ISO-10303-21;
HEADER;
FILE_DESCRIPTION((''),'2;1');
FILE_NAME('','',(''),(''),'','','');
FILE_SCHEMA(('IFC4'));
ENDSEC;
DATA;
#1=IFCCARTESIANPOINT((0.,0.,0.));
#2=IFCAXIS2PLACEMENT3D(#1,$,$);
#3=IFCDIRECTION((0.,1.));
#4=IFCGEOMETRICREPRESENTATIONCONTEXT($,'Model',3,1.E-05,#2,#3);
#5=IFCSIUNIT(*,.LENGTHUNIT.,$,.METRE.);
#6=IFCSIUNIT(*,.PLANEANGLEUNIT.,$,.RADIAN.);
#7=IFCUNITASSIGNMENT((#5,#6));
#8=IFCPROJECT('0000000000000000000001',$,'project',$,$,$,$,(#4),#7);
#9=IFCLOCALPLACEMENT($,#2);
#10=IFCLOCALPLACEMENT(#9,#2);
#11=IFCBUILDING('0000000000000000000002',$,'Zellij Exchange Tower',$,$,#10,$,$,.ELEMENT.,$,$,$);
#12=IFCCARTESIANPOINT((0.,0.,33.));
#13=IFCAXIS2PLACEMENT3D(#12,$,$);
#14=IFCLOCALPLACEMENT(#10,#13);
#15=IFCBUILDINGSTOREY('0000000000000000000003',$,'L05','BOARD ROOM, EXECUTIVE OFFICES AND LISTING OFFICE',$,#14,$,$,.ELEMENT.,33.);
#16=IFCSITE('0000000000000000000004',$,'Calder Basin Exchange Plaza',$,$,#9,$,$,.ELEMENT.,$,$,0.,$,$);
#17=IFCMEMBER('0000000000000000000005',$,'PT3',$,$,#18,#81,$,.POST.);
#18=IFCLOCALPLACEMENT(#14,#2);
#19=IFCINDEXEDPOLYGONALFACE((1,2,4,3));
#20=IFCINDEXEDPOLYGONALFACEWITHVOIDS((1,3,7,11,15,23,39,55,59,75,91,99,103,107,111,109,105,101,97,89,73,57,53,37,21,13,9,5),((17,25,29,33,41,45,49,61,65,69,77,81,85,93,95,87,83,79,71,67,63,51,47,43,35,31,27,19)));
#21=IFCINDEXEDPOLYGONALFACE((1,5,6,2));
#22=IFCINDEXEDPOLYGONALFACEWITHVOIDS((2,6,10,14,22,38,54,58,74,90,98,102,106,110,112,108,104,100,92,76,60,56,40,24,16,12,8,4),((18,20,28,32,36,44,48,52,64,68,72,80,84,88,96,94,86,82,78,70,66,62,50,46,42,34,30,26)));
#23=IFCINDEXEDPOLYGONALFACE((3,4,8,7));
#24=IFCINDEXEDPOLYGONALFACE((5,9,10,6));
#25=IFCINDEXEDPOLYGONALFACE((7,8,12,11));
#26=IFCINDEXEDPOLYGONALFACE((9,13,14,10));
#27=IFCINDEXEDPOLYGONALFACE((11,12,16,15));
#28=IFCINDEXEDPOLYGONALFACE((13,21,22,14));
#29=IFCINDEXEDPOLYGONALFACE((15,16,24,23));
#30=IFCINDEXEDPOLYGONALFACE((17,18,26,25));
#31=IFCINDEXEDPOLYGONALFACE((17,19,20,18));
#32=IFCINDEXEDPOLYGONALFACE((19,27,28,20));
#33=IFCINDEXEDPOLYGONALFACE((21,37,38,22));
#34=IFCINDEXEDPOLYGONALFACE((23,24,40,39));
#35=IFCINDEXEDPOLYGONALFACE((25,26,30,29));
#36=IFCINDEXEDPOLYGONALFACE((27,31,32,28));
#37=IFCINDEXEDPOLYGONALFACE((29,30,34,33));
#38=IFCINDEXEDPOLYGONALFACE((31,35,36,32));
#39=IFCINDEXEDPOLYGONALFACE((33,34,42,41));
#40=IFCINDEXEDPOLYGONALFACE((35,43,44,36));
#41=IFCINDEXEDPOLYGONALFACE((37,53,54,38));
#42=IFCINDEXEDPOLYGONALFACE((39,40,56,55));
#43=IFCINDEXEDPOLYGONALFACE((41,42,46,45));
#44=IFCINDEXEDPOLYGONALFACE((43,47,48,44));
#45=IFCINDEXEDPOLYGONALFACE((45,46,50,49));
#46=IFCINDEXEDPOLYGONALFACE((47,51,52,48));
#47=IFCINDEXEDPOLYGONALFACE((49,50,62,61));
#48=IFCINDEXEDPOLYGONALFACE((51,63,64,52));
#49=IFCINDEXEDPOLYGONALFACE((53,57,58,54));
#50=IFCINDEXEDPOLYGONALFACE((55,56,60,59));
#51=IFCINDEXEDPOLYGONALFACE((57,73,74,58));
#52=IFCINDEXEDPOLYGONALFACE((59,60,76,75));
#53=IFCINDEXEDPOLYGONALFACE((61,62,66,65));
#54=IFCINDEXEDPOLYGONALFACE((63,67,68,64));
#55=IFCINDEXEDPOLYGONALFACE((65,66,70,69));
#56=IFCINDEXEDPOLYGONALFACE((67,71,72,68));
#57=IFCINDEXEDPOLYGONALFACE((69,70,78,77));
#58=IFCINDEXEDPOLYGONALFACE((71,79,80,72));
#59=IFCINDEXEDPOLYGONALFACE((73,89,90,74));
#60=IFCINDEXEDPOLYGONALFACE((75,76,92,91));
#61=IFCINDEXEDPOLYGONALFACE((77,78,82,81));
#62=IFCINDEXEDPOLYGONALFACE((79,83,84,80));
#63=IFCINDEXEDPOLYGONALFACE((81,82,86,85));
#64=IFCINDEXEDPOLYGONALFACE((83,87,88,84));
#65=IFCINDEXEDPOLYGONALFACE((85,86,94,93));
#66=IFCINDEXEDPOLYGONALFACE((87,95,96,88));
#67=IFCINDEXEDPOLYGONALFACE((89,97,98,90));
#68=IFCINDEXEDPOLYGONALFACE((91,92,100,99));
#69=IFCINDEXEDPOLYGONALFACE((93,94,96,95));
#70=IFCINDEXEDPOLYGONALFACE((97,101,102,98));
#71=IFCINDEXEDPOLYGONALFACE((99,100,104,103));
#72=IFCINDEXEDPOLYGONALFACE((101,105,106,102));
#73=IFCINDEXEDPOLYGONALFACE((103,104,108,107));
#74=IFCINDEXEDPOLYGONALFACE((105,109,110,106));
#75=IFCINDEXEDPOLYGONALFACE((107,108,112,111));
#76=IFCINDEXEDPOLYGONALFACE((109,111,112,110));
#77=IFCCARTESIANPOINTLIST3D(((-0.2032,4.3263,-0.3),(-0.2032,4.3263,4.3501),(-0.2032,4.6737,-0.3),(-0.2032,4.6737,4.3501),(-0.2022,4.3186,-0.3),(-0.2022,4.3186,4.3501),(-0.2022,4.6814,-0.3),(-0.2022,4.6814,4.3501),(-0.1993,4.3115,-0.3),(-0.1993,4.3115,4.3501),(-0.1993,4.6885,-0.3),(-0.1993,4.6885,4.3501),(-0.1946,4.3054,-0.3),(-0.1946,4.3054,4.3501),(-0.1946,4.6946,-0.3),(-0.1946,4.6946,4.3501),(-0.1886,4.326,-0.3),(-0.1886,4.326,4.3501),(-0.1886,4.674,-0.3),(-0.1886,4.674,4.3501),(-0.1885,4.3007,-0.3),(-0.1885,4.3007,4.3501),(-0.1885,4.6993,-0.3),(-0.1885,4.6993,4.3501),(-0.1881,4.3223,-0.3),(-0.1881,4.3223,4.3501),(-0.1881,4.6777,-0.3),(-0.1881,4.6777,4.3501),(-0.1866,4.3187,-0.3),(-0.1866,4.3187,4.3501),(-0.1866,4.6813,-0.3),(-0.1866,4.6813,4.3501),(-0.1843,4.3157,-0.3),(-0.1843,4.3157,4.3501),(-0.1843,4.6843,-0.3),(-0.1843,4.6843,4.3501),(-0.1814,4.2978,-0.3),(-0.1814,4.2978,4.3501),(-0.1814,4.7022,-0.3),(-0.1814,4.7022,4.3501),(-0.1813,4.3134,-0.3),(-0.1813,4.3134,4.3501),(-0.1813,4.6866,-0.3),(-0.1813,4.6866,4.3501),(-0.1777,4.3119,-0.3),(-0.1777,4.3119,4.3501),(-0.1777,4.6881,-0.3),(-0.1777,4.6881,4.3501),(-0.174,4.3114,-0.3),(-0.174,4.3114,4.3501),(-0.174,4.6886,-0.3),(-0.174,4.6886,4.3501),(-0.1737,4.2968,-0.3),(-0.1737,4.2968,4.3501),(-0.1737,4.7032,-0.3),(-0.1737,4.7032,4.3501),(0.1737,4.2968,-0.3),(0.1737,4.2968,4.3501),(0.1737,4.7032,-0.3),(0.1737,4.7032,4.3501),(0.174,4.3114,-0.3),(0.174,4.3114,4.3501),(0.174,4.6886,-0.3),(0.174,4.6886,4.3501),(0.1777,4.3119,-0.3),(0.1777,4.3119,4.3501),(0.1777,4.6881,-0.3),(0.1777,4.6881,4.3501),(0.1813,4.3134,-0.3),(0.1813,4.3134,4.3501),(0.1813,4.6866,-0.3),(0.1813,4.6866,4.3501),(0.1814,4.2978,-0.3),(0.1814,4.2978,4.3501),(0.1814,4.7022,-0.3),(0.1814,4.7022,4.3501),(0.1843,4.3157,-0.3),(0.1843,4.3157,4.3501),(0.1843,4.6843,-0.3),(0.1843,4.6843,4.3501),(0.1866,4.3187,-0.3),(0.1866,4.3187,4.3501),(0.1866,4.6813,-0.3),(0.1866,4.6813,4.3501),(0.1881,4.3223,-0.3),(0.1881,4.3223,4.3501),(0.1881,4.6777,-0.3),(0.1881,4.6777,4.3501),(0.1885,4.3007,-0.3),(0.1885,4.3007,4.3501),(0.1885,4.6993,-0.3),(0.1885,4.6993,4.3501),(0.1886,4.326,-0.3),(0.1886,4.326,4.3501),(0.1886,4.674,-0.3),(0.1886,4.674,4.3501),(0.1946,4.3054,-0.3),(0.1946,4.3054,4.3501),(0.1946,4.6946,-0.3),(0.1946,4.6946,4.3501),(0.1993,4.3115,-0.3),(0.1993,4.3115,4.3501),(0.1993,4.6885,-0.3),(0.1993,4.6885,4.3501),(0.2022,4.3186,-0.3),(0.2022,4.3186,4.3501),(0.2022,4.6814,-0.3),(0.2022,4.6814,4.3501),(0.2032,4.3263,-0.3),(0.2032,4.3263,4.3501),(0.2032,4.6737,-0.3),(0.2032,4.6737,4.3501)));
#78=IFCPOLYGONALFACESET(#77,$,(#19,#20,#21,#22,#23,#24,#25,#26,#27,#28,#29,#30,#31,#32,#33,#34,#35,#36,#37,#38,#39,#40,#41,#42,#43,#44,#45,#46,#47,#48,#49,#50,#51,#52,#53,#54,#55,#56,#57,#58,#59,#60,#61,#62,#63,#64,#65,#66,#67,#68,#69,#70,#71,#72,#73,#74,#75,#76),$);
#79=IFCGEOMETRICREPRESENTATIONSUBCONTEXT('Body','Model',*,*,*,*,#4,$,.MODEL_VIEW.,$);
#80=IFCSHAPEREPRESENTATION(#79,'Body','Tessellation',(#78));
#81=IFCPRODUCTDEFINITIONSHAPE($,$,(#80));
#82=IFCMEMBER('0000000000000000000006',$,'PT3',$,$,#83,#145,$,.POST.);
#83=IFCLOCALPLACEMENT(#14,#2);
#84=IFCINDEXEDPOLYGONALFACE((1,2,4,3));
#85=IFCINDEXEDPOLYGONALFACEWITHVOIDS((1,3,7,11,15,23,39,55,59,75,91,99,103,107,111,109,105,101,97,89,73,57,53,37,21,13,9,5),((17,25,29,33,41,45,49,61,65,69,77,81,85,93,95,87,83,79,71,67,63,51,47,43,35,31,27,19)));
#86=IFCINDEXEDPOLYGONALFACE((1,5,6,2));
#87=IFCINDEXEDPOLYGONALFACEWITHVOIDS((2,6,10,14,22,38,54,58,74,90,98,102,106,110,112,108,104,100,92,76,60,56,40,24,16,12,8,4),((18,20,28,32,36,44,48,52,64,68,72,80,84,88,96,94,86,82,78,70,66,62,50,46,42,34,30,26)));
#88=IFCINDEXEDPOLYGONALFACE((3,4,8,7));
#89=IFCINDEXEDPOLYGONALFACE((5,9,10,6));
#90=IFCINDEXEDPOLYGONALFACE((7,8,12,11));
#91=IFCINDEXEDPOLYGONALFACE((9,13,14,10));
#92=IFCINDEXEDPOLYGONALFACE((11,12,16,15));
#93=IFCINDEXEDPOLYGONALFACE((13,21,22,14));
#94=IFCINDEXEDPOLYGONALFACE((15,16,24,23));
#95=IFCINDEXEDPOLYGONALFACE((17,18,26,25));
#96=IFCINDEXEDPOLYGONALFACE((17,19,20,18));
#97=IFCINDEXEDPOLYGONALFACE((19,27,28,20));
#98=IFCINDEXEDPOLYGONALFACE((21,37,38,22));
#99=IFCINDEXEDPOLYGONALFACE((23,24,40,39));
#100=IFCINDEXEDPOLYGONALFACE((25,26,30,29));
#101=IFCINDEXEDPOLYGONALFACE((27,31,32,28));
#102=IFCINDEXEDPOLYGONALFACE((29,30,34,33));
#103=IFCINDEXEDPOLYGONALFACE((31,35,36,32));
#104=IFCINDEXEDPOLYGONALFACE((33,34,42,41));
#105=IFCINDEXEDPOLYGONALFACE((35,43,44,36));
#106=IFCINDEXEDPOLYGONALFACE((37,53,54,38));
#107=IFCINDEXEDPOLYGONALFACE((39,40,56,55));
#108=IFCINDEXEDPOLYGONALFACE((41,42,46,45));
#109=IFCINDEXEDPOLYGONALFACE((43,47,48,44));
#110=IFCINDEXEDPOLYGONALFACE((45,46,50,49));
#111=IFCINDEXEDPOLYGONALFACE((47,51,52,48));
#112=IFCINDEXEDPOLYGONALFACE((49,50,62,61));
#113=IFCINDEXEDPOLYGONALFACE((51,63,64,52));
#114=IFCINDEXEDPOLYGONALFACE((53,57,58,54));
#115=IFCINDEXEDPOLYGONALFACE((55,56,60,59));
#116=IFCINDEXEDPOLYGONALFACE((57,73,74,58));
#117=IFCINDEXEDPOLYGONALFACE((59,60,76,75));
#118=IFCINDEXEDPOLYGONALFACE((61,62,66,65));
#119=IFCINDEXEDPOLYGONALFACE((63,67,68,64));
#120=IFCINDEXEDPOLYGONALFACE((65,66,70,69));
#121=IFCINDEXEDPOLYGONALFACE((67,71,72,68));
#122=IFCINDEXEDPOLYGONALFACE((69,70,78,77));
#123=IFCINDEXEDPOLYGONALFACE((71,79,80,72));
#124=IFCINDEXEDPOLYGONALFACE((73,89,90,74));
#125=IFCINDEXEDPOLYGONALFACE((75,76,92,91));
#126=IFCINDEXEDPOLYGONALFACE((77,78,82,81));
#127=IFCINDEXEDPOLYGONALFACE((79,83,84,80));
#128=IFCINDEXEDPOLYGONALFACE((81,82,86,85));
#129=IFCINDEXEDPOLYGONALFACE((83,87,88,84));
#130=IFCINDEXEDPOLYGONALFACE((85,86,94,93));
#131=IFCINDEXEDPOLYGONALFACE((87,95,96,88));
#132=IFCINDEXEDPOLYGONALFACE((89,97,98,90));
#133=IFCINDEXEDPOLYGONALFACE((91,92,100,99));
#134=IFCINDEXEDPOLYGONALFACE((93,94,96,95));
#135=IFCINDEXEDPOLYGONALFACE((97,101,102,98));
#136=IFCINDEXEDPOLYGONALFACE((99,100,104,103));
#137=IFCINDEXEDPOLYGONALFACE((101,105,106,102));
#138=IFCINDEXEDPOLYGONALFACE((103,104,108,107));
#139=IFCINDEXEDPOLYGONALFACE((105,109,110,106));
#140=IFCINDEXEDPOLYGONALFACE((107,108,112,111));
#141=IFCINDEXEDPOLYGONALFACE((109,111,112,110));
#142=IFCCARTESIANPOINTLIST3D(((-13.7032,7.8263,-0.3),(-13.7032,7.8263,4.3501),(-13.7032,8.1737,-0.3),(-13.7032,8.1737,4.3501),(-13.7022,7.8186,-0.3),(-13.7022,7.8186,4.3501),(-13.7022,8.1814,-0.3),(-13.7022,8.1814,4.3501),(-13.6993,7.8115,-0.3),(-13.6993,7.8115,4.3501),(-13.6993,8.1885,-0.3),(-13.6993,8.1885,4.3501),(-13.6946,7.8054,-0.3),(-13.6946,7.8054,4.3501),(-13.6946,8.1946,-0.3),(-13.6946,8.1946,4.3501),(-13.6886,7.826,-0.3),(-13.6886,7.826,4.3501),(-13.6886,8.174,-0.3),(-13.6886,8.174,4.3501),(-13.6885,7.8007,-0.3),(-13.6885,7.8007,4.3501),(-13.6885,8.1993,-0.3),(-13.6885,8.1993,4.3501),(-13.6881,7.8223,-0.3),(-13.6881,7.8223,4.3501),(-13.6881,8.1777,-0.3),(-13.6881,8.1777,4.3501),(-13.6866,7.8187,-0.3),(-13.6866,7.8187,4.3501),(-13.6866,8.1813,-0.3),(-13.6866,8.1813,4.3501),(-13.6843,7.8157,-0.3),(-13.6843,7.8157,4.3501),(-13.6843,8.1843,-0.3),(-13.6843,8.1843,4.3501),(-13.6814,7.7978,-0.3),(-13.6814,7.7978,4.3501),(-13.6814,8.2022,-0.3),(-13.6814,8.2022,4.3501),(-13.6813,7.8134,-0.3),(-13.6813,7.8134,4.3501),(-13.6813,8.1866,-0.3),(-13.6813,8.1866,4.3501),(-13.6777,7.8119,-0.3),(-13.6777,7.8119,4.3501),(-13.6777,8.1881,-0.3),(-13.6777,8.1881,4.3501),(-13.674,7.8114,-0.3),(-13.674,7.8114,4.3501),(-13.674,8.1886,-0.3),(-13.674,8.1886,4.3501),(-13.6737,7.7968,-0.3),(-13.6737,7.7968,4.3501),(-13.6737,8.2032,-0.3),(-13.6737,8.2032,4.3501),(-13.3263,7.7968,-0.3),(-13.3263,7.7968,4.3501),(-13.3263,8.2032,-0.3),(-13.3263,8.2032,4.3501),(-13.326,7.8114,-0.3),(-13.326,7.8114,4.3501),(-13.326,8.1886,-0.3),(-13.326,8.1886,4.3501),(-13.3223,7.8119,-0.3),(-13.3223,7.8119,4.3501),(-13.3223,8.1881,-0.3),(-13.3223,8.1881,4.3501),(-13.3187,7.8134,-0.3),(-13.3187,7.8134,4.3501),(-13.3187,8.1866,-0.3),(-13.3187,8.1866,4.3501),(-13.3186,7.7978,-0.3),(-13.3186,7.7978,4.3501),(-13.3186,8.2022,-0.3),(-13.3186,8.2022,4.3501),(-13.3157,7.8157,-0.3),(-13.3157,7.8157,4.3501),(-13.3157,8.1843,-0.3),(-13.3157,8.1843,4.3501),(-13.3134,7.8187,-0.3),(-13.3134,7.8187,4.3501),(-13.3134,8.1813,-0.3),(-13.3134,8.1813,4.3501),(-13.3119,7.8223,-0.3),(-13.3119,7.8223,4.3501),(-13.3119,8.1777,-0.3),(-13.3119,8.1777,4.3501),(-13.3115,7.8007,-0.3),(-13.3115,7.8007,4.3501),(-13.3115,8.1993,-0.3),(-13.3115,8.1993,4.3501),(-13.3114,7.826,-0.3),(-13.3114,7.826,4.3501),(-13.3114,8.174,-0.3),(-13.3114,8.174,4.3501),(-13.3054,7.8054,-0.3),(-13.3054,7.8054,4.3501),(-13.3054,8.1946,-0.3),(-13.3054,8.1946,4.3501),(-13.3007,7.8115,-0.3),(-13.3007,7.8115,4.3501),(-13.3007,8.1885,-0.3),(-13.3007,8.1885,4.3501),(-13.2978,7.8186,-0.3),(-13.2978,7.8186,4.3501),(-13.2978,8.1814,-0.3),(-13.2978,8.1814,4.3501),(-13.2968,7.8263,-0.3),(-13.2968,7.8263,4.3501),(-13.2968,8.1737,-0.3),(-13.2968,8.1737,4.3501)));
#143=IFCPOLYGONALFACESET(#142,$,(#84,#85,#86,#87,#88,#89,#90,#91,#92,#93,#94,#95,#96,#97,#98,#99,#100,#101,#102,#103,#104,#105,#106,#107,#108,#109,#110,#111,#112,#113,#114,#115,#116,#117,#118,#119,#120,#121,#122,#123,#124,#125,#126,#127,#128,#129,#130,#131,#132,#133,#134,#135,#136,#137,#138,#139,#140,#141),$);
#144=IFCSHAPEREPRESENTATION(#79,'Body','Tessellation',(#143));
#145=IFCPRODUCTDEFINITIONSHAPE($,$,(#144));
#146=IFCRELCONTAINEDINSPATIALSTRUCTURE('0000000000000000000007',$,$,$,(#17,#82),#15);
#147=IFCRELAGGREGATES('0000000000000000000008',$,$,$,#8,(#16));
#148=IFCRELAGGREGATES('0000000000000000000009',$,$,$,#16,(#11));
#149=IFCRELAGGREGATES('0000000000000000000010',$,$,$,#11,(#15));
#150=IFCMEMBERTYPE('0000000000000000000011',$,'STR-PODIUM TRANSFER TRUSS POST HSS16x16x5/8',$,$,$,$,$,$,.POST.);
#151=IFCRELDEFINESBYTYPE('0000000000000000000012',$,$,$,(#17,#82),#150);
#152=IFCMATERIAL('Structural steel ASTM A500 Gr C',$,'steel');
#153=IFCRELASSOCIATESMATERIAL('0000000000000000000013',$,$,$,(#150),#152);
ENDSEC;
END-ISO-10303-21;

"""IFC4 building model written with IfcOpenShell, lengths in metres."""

from ifc_helpers import new_model, si_unit, direction, frame, origin, origin_2d, place, context, subcontext, project, spatial, hollow_rectangle, extrude, material, material_profile, profile_set, type_object, element, save


model = new_model("IFC4")

# Units and contexts
model_context = context("Model", 3, precision=1e-05, world=origin(), true_north=direction((0.0, 1.0)))
body_context = subcontext(model_context, "Body", "Model", "MODEL_VIEW")
ifc_project = project(units=[si_unit("LENGTHUNIT", "METRE"), si_unit("PLANEANGLEUNIT", "RADIAN")], contexts=[model_context])

# Site, building, storey
site_placement = place(None, origin())
site = spatial("IfcSite", under=ifc_project, at=site_placement, Name="Calder Basin Exchange Plaza", CompositionType="ELEMENT", RefElevation=0.0)
building_placement = place(site_placement, origin())
building = spatial("IfcBuilding", under=site, at=building_placement, Name="Zellij Exchange Tower", CompositionType="ELEMENT")
storey_placement = place(building_placement, frame((0.0, 0.0, 33.0)))
storey = spatial("IfcBuildingStorey", under=building, at=storey_placement, Name="L05", Description="BOARD ROOM, EXECUTIVE OFFICES AND LISTING OFFICE", CompositionType="ELEMENT", Elevation=33.0)

# Members
ifc_material_1 = material(Name="Structural steel ASTM A500 Gr C", Category="steel")
ifc_material_profile_1 = material_profile(ifc_material_1, hollow_rectangle(XDim=0.4065, YDim=0.4065, WallThickness=0.0146, InnerFilletRadius=0.0146, OuterFilletRadius=0.0295, at=origin_2d()), Name="STR-PODIUM TRANSFER TRUSS POST HSS16x16x5/8")
ifc_profile_set_1 = profile_set([ifc_material_profile_1], Name="Structural steel ASTM A500 Gr C")
member_type_1 = type_object("IfcMemberType", Name="STR-PODIUM TRANSFER TRUSS POST HSS16x16x5/8", PredefinedType="POST", material=ifc_profile_set_1)
for number, where, z_axis, x_axis, name in (
    (1, (0.0, 4.5, -0.3), (0.0, 0.0, 1.0), (1.0, 0.0, 0.0), "PT3"),
    (2, (-13.5, 8.0, -0.3), (0.0, 0.0, 1.0), (1.0, 0.0, 0.0), "PT3"),
):
    element("IfcMember", number, at=place(storey_placement, frame(where, z_axis=z_axis, x_axis=x_axis)), inside=storey, type_object=member_type_1, Name=name, PredefinedType="POST", context=body_context, shape_type="SweptSolid", body=[
        extrude(hollow_rectangle(XDim=0.4065, YDim=0.4065, WallThickness=0.0146, InnerFilletRadius=0.0146, OuterFilletRadius=0.0295, at=origin_2d()), origin(), (0.0, 0.0, 1.0), 4.6501),
    ])

save(model, "model.ifc")
